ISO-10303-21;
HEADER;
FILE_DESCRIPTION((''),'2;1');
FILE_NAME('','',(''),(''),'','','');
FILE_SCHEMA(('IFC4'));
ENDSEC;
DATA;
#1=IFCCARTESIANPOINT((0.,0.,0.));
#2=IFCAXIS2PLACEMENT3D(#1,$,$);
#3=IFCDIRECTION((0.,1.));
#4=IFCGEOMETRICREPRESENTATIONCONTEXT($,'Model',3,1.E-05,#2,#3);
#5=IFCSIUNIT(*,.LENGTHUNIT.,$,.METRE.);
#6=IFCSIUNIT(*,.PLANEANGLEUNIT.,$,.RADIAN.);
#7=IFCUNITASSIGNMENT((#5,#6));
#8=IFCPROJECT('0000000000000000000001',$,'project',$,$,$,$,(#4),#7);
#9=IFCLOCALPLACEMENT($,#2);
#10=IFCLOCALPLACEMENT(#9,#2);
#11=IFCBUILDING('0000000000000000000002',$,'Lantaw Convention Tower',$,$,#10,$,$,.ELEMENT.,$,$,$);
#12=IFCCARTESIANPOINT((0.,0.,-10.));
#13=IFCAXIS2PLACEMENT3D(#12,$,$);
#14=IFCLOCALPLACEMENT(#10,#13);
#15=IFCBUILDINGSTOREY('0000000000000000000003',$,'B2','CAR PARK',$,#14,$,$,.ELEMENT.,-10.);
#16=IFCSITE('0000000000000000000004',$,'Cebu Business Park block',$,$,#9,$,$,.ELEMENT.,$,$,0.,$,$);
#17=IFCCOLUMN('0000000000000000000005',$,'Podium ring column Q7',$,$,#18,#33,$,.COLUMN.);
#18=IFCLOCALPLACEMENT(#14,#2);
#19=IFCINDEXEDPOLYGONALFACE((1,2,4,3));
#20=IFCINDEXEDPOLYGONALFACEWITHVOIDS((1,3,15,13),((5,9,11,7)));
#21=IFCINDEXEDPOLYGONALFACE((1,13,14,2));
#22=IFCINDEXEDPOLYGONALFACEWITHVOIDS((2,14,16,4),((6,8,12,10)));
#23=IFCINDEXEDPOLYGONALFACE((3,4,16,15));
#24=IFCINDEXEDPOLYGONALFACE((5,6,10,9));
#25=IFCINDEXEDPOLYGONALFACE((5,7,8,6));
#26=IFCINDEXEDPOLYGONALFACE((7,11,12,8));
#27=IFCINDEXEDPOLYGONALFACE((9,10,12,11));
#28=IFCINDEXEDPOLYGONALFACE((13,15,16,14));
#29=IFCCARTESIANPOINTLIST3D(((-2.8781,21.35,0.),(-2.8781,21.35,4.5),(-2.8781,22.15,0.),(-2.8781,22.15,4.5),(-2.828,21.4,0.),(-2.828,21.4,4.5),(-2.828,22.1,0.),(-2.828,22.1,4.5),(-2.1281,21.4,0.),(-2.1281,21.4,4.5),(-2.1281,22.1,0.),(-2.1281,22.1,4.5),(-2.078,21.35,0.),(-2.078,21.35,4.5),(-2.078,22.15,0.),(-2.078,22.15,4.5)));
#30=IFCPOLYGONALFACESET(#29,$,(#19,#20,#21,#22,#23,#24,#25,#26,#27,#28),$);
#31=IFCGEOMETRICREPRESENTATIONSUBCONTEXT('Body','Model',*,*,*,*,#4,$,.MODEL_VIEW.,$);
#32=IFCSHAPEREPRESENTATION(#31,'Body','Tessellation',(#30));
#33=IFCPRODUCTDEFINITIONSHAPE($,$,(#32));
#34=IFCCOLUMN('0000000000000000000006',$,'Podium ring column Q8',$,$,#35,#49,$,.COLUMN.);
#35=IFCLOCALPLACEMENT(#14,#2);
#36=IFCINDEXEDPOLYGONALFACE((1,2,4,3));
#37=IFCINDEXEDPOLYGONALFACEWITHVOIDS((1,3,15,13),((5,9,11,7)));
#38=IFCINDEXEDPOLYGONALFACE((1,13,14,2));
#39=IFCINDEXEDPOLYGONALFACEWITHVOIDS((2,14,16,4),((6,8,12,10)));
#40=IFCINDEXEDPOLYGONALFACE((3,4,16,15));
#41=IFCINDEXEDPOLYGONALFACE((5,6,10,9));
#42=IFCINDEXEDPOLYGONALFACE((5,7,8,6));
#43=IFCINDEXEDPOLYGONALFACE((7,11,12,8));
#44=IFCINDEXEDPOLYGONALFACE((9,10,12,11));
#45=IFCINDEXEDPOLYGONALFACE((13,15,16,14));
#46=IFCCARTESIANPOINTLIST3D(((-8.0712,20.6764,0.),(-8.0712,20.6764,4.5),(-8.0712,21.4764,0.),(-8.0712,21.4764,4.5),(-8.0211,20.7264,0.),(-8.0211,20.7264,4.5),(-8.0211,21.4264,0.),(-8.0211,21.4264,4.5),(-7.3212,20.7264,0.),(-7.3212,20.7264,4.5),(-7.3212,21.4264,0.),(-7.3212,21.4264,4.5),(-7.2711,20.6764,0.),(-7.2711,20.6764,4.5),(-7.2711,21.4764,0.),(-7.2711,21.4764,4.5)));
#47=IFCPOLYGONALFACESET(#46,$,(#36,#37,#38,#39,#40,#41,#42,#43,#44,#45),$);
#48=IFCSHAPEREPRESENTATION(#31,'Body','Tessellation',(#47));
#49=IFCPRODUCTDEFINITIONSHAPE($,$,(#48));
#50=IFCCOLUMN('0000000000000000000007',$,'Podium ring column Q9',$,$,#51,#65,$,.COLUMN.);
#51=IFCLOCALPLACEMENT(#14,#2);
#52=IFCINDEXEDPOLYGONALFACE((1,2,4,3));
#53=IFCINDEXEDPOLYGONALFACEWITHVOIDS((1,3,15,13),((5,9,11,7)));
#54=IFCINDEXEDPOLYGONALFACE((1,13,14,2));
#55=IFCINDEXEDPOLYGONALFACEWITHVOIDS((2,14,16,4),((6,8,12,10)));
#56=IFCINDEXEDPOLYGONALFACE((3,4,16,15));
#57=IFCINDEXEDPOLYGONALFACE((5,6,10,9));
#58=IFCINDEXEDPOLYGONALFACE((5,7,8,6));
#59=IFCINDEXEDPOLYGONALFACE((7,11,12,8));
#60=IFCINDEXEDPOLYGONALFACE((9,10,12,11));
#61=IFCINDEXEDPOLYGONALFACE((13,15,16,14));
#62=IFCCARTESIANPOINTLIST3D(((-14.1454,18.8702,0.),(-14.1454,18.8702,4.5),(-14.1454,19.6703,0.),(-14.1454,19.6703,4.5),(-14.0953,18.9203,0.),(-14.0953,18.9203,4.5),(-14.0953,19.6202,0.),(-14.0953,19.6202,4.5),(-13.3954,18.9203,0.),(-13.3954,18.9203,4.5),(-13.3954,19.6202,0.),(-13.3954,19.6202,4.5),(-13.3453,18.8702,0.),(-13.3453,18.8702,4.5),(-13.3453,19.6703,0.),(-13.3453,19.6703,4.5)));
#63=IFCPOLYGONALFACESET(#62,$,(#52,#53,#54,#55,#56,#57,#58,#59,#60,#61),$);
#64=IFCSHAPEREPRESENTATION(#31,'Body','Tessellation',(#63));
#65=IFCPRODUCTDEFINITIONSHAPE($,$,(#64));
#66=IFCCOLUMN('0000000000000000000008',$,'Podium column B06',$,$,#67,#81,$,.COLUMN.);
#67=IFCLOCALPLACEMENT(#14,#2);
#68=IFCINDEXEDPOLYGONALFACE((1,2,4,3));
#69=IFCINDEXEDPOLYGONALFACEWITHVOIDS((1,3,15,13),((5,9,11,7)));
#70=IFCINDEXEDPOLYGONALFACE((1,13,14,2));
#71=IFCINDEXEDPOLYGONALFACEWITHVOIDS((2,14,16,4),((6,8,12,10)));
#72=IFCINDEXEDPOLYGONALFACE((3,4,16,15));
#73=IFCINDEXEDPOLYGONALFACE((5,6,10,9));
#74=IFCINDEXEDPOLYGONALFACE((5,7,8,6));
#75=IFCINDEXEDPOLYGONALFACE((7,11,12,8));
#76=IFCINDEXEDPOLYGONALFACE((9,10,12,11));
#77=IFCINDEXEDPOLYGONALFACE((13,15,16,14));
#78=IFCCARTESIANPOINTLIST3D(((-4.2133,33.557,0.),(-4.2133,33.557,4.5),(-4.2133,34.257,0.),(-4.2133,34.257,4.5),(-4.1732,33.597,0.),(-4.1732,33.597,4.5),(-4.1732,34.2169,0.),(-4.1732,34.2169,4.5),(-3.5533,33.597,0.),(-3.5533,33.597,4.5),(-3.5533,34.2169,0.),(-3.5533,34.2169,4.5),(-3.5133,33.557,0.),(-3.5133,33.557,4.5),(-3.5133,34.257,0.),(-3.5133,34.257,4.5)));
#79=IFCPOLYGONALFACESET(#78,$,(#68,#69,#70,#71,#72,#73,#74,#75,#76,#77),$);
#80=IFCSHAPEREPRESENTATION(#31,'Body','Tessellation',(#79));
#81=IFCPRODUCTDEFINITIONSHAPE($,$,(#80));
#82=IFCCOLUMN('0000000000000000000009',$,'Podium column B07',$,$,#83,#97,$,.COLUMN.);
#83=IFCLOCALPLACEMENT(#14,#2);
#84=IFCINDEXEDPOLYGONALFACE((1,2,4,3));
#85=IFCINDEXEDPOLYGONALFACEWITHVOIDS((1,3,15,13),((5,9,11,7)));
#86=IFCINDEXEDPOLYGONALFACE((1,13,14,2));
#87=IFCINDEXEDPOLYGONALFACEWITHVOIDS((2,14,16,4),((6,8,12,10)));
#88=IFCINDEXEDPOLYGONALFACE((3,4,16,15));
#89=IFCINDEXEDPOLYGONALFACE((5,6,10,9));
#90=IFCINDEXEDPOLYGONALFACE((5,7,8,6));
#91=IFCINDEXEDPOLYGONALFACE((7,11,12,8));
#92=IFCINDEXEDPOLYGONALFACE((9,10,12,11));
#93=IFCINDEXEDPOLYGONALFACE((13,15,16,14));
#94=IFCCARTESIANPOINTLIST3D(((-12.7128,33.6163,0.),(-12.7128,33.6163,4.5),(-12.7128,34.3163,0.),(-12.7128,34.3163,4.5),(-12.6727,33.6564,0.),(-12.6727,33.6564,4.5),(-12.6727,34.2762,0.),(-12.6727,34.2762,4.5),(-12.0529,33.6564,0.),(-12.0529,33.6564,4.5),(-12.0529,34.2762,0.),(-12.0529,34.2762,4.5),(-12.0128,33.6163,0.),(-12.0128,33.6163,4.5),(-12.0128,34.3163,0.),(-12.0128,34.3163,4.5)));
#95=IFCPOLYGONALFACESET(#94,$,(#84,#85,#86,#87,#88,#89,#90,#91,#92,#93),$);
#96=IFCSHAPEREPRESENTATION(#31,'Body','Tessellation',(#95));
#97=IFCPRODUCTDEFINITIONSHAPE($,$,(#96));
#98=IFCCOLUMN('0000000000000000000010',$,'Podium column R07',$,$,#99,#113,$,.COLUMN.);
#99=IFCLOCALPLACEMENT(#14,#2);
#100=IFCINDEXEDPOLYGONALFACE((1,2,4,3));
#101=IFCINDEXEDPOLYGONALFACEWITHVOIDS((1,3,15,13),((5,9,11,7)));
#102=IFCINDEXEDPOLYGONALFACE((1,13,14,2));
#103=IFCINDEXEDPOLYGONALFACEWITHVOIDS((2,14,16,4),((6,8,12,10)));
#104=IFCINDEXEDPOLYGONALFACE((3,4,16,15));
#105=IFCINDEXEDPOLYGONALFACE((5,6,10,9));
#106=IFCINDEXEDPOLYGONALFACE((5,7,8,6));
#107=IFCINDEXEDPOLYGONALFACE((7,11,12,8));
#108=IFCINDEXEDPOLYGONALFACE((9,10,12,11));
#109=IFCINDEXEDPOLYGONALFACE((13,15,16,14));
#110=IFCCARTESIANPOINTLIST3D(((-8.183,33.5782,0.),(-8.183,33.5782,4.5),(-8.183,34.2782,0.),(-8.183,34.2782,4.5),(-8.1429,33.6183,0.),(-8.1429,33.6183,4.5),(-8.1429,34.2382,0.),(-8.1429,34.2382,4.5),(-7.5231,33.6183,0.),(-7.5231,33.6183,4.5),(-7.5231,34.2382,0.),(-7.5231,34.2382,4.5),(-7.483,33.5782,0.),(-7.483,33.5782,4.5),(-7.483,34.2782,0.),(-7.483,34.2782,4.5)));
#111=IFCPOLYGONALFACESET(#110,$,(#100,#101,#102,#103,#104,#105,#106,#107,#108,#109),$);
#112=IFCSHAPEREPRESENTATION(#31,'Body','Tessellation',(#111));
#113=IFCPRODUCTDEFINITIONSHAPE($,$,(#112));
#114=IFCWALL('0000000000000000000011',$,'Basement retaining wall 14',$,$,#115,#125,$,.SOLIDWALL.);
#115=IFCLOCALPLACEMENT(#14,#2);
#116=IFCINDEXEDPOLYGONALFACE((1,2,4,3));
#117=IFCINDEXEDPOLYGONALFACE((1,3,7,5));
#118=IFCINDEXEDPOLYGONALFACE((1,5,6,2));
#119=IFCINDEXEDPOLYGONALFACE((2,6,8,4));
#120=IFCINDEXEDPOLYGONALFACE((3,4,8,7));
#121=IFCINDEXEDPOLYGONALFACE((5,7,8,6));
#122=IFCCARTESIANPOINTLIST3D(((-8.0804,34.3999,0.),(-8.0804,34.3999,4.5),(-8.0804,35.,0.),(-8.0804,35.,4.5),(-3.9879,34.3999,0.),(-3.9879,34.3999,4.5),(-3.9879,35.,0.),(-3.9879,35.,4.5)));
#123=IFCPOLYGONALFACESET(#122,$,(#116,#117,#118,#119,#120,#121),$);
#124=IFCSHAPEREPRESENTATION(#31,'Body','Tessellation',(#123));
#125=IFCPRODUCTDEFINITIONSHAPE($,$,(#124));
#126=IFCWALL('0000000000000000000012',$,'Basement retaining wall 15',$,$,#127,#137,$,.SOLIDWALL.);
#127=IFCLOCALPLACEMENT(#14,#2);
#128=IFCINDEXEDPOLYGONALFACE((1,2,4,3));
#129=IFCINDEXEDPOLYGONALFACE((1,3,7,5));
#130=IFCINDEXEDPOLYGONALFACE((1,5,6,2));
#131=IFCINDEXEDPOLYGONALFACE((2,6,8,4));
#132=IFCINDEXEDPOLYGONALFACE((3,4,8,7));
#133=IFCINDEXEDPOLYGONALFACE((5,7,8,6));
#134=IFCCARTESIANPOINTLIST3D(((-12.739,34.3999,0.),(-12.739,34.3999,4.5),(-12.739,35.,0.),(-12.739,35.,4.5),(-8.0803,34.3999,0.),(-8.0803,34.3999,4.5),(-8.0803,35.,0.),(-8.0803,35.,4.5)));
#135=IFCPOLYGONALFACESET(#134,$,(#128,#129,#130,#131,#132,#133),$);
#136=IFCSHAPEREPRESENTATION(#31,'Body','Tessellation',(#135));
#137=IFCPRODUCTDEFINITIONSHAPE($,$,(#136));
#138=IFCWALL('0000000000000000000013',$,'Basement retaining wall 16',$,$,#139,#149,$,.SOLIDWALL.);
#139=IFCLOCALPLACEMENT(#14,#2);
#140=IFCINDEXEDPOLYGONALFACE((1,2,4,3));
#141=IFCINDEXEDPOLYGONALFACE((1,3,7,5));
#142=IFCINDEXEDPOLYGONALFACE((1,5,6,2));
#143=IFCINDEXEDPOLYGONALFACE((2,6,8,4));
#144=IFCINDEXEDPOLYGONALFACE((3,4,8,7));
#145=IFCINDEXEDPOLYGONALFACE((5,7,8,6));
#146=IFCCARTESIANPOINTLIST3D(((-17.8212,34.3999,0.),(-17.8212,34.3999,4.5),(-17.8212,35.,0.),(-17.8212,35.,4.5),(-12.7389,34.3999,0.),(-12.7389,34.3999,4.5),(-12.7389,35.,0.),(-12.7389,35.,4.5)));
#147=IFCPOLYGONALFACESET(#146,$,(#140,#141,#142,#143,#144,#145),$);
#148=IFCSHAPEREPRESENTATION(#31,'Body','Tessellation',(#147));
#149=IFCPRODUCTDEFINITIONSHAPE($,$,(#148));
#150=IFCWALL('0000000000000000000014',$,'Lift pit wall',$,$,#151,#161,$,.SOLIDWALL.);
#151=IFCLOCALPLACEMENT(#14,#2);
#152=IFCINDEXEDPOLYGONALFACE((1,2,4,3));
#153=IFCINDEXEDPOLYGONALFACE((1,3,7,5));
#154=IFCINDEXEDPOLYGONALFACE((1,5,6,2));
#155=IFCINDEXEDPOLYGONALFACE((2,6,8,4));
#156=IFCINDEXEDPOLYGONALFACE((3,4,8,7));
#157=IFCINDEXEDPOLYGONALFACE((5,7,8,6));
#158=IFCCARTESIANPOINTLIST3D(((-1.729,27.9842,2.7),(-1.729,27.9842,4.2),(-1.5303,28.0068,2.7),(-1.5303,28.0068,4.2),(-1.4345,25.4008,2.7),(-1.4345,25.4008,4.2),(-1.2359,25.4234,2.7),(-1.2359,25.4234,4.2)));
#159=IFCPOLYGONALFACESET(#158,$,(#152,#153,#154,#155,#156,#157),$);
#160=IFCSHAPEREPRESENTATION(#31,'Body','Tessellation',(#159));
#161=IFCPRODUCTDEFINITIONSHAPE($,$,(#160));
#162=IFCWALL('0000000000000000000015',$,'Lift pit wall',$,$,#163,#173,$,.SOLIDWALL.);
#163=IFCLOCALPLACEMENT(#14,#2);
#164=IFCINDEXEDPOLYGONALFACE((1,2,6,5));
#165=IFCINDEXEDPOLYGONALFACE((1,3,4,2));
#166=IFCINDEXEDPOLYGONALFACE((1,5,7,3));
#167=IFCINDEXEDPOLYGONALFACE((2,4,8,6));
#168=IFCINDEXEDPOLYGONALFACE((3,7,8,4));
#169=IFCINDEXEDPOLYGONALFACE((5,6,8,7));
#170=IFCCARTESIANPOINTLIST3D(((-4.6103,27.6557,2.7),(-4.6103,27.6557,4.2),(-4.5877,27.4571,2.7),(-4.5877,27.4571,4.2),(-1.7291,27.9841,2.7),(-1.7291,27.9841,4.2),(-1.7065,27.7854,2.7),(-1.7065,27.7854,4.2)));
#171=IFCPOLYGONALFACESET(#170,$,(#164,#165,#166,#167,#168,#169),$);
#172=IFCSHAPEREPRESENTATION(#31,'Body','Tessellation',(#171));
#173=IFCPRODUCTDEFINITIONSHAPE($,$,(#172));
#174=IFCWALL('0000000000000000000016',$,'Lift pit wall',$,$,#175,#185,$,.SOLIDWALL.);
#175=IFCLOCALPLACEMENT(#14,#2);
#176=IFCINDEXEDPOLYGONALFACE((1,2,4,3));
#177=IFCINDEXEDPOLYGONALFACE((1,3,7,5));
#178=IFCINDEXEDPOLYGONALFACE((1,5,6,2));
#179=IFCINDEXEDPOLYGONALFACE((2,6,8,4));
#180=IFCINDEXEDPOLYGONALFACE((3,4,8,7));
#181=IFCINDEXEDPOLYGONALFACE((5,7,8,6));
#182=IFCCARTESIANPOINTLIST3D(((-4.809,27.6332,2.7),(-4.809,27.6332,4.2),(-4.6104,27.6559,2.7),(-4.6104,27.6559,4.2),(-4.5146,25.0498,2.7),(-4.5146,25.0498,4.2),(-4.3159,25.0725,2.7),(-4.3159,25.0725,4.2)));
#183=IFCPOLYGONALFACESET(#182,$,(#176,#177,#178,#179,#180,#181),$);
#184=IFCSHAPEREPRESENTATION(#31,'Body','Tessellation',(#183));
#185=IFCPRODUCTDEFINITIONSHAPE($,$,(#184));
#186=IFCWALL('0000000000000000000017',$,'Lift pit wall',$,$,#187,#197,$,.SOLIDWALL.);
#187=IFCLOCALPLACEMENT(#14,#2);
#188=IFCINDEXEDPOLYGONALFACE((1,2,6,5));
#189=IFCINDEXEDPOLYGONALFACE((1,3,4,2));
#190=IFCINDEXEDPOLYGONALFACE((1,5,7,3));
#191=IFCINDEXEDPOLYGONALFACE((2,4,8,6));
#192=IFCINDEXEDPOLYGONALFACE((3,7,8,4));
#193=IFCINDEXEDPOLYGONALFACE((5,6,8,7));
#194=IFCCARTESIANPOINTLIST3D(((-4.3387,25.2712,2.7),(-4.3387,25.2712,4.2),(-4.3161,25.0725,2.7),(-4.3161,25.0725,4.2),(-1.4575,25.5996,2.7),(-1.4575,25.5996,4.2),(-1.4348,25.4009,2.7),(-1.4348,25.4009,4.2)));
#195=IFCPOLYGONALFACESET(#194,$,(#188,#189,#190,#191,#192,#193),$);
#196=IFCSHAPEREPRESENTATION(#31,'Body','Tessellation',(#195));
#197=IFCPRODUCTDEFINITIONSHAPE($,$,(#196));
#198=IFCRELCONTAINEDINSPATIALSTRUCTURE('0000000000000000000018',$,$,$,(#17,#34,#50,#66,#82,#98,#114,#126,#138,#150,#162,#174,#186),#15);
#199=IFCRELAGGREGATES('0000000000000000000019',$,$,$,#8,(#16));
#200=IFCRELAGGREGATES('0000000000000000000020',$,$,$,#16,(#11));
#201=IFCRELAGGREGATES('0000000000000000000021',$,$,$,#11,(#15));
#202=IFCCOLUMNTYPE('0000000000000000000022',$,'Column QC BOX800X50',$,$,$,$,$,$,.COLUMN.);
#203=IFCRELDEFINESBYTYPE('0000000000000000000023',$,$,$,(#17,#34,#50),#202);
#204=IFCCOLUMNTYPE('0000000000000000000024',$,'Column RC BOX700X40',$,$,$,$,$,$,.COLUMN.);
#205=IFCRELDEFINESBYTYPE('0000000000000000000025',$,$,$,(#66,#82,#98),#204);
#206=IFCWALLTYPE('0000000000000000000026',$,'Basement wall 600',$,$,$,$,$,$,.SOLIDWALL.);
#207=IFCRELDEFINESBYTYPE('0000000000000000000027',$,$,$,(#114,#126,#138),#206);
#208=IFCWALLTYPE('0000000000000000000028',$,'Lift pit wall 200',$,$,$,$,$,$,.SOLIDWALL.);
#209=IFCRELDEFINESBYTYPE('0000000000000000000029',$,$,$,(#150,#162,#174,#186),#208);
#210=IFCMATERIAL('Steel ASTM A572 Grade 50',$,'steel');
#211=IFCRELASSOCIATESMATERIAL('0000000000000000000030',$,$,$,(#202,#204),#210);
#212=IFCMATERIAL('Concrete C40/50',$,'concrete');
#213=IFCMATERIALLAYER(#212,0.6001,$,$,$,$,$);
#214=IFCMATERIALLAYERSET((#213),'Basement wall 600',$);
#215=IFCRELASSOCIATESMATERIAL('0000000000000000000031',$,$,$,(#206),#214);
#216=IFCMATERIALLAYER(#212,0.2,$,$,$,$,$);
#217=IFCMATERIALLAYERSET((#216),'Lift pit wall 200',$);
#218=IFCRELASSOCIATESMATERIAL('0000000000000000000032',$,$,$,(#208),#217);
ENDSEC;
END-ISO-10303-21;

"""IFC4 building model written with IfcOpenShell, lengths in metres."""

from ifc_helpers import new_model, si_unit, direction, frame, frame_2d, origin, origin_2d, place, context, subcontext, project, spatial, rectangle, hollow_rectangle, extrude, material, layer, layer_set, material_profile, profile_set, type_object, element, save


model = new_model("IFC4")

# Units and contexts
model_context = context("Model", 3, precision=1e-05, world=origin(), true_north=direction((0.0, 1.0)))
body_context = subcontext(model_context, "Body", "Model", "MODEL_VIEW")
ifc_project = project(units=[si_unit("LENGTHUNIT", "METRE"), si_unit("PLANEANGLEUNIT", "RADIAN")], contexts=[model_context])

# Site, building, storey
site_placement = place(None, origin())
site = spatial("IfcSite", under=ifc_project, at=site_placement, Name="Cebu Business Park block", CompositionType="ELEMENT", RefElevation=0.0)
building_placement = place(site_placement, origin())
building = spatial("IfcBuilding", under=site, at=building_placement, Name="Lantaw Convention Tower", CompositionType="ELEMENT")
storey_placement = place(building_placement, frame((0.0, 0.0, -10.0)))
storey = spatial("IfcBuildingStorey", under=building, at=storey_placement, Name="B2", Description="CAR PARK", CompositionType="ELEMENT", Elevation=-10.0)

# Columns
ifc_material_1 = material(Name="Steel ASTM A572 Grade 50", Category="steel")
ifc_material_profile_1 = material_profile(ifc_material_1, hollow_rectangle(XDim=0.8, YDim=0.8, WallThickness=0.05, at=origin_2d()), Name="BOX800X50")
ifc_profile_set_1 = profile_set([ifc_material_profile_1], Name="Steel ASTM A572 Grade 50")
column_type_1 = type_object("IfcColumnType", Name="Column QC BOX800X50", PredefinedType="COLUMN", material=ifc_profile_set_1)
for number, where, z_axis, x_axis, name in (
    (1, (-2.478, 21.75, 0.0), (0.0, 0.0, 1.0), (1.0, 0.0, 0.0), "Podium ring column Q7"),
    (2, (-7.6711, 21.0764, 0.0), (0.0, 0.0, 1.0), (1.0, 0.0, 0.0), "Podium ring column Q8"),
    (3, (-13.7454, 19.2703, 0.0), (0.0, 0.0, 1.0), (1.0, 0.0, 0.0), "Podium ring column Q9"),
):
    element("IfcColumn", number, at=place(storey_placement, frame(where, z_axis=z_axis, x_axis=x_axis)), inside=storey, type_object=column_type_1, Name=name, PredefinedType="COLUMN", context=body_context, shape_type="SweptSolid", body=[
        extrude(hollow_rectangle(XDim=0.8, YDim=0.8, WallThickness=0.05, at=origin_2d()), origin(), (0.0, 0.0, 1.0), 4.5),
    ])
ifc_material_profile_2 = material_profile(ifc_material_1, hollow_rectangle(XDim=0.7, YDim=0.7, WallThickness=0.04, at=origin_2d()), Name="BOX700X40")
ifc_profile_set_2 = profile_set([ifc_material_profile_2], Name="Steel ASTM A572 Grade 50")
column_type_2 = type_object("IfcColumnType", Name="Column RC BOX700X40", PredefinedType="COLUMN", material=ifc_profile_set_2)
for number, where, z_axis, x_axis, name in (
    (4, (-3.8633, 33.907, 0.0), (0.0, 0.0, 1.0), (1.0, 0.0, 0.0), "Podium column B06"),
    (5, (-12.3628, 33.9663, 0.0), (0.0, 0.0, 1.0), (1.0, 0.0, 0.0), "Podium column B07"),
    (6, (-7.833, 33.9282, 0.0), (0.0, 0.0, 1.0), (1.0, 0.0, 0.0), "Podium column R07"),
):
    element("IfcColumn", number, at=place(storey_placement, frame(where, z_axis=z_axis, x_axis=x_axis)), inside=storey, type_object=column_type_2, Name=name, PredefinedType="COLUMN", context=body_context, shape_type="SweptSolid", body=[
        extrude(hollow_rectangle(XDim=0.7, YDim=0.7, WallThickness=0.04, at=origin_2d()), origin(), (0.0, 0.0, 1.0), 4.5),
    ])

# Walls
ifc_material_2 = material(Name="Concrete C40/50", Category="concrete")
ifc_layer_1 = layer(ifc_material_2, 0.6001)
ifc_layer_set_1 = layer_set([ifc_layer_1], Name="Basement wall 600")
wall_type_1 = type_object("IfcWallType", Name="Basement wall 600", PredefinedType="SOLIDWALL", material=ifc_layer_set_1)
wall_1_placement = place(storey_placement, frame((-3.9878, 34.7, 0.0), z_axis=(0.0, 0.0, 1.0), x_axis=(-1.0, 0.0, 0.0)))
element("IfcWall", 7, at=wall_1_placement, inside=storey, type_object=wall_type_1, Name="Basement retaining wall 14", PredefinedType="SOLIDWALL", context=body_context, shape_type="SweptSolid", body=[
    extrude(rectangle(XDim=4.0925, YDim=0.6001, at=frame_2d((2.0464, 0.0))), origin(), (0.0, 0.0, 1.0), 4.5),
])
wall_2_placement = place(storey_placement, frame((-8.0803, 34.7, 0.0), z_axis=(0.0, 0.0, 1.0), x_axis=(-1.0, 0.0, 0.0)))
element("IfcWall", 8, at=wall_2_placement, inside=storey, type_object=wall_type_1, Name="Basement retaining wall 15", PredefinedType="SOLIDWALL", context=body_context, shape_type="SweptSolid", body=[
    extrude(rectangle(XDim=4.6587, YDim=0.6001, at=frame_2d((2.3293, 0.0))), origin(), (0.0, 0.0, 1.0), 4.5),
])
wall_3_placement = place(storey_placement, frame((-12.739, 34.7, 0.0), z_axis=(0.0, 0.0, 1.0), x_axis=(-1.0, 0.0, 0.0)))
element("IfcWall", 9, at=wall_3_placement, inside=storey, type_object=wall_type_1, Name="Basement retaining wall 16", PredefinedType="SOLIDWALL", context=body_context, shape_type="SweptSolid", body=[
    extrude(rectangle(XDim=5.0823, YDim=0.6001, at=frame_2d((2.541, 0.0))), origin(), (0.0, 0.0, 1.0), 4.5),
])
ifc_layer_2 = layer(ifc_material_2, 0.2)
ifc_layer_set_2 = layer_set([ifc_layer_2], Name="Lift pit wall 200")
wall_type_2 = type_object("IfcWallType", Name="Lift pit wall 200", PredefinedType="SOLIDWALL", material=ifc_layer_set_2)
wall_4_placement = place(storey_placement, frame((-1.3352, 25.4121, 2.7), z_axis=(0.0, 0.0, 1.0), x_axis=(-0.113245, 0.993567, 0.0)))
element("IfcWall", 10, at=wall_4_placement, inside=storey, type_object=wall_type_2, Name="Lift pit wall", PredefinedType="SOLIDWALL", context=body_context, shape_type="SweptSolid", body=[
    extrude(rectangle(XDim=2.6001, YDim=0.2, at=frame_2d((1.3, 0.0))), origin(), (0.0, 0.0, 1.0), 1.5),
])
wall_5_placement = place(storey_placement, frame((-1.7178, 27.8848, 2.7), z_axis=(0.0, 0.0, 1.0), x_axis=(-0.993569, -0.113231, 0.0)))
element("IfcWall", 11, at=wall_5_placement, inside=storey, type_object=wall_type_2, Name="Lift pit wall", PredefinedType="SOLIDWALL", context=body_context, shape_type="SweptSolid", body=[
    extrude(rectangle(XDim=2.8999, YDim=0.2, at=frame_2d((1.45, 0.0))), origin(), (0.0, 0.0, 1.0), 1.5),
])
wall_6_placement = place(storey_placement, frame((-4.7097, 27.6445, 2.7), z_axis=(0.0, 0.0, 1.0), x_axis=(0.113245, -0.993567, 0.0)))
element("IfcWall", 12, at=wall_6_placement, inside=storey, type_object=wall_type_2, Name="Lift pit wall", PredefinedType="SOLIDWALL", context=body_context, shape_type="SweptSolid", body=[
    extrude(rectangle(XDim=2.6001, YDim=0.2, at=frame_2d((1.3, 0.0))), origin(), (0.0, 0.0, 1.0), 1.5),
])
wall_7_placement = place(storey_placement, frame((-4.3274, 25.1719, 2.7), z_axis=(0.0, 0.0, 1.0), x_axis=(0.993569, 0.113231, 0.0)))
element("IfcWall", 13, at=wall_7_placement, inside=storey, type_object=wall_type_2, Name="Lift pit wall", PredefinedType="SOLIDWALL", context=body_context, shape_type="SweptSolid", body=[
    extrude(rectangle(XDim=2.8999, YDim=0.2, at=frame_2d((1.45, 0.0))), origin(), (0.0, 0.0, 1.0), 1.5),
])

save(model, "model.ifc")
